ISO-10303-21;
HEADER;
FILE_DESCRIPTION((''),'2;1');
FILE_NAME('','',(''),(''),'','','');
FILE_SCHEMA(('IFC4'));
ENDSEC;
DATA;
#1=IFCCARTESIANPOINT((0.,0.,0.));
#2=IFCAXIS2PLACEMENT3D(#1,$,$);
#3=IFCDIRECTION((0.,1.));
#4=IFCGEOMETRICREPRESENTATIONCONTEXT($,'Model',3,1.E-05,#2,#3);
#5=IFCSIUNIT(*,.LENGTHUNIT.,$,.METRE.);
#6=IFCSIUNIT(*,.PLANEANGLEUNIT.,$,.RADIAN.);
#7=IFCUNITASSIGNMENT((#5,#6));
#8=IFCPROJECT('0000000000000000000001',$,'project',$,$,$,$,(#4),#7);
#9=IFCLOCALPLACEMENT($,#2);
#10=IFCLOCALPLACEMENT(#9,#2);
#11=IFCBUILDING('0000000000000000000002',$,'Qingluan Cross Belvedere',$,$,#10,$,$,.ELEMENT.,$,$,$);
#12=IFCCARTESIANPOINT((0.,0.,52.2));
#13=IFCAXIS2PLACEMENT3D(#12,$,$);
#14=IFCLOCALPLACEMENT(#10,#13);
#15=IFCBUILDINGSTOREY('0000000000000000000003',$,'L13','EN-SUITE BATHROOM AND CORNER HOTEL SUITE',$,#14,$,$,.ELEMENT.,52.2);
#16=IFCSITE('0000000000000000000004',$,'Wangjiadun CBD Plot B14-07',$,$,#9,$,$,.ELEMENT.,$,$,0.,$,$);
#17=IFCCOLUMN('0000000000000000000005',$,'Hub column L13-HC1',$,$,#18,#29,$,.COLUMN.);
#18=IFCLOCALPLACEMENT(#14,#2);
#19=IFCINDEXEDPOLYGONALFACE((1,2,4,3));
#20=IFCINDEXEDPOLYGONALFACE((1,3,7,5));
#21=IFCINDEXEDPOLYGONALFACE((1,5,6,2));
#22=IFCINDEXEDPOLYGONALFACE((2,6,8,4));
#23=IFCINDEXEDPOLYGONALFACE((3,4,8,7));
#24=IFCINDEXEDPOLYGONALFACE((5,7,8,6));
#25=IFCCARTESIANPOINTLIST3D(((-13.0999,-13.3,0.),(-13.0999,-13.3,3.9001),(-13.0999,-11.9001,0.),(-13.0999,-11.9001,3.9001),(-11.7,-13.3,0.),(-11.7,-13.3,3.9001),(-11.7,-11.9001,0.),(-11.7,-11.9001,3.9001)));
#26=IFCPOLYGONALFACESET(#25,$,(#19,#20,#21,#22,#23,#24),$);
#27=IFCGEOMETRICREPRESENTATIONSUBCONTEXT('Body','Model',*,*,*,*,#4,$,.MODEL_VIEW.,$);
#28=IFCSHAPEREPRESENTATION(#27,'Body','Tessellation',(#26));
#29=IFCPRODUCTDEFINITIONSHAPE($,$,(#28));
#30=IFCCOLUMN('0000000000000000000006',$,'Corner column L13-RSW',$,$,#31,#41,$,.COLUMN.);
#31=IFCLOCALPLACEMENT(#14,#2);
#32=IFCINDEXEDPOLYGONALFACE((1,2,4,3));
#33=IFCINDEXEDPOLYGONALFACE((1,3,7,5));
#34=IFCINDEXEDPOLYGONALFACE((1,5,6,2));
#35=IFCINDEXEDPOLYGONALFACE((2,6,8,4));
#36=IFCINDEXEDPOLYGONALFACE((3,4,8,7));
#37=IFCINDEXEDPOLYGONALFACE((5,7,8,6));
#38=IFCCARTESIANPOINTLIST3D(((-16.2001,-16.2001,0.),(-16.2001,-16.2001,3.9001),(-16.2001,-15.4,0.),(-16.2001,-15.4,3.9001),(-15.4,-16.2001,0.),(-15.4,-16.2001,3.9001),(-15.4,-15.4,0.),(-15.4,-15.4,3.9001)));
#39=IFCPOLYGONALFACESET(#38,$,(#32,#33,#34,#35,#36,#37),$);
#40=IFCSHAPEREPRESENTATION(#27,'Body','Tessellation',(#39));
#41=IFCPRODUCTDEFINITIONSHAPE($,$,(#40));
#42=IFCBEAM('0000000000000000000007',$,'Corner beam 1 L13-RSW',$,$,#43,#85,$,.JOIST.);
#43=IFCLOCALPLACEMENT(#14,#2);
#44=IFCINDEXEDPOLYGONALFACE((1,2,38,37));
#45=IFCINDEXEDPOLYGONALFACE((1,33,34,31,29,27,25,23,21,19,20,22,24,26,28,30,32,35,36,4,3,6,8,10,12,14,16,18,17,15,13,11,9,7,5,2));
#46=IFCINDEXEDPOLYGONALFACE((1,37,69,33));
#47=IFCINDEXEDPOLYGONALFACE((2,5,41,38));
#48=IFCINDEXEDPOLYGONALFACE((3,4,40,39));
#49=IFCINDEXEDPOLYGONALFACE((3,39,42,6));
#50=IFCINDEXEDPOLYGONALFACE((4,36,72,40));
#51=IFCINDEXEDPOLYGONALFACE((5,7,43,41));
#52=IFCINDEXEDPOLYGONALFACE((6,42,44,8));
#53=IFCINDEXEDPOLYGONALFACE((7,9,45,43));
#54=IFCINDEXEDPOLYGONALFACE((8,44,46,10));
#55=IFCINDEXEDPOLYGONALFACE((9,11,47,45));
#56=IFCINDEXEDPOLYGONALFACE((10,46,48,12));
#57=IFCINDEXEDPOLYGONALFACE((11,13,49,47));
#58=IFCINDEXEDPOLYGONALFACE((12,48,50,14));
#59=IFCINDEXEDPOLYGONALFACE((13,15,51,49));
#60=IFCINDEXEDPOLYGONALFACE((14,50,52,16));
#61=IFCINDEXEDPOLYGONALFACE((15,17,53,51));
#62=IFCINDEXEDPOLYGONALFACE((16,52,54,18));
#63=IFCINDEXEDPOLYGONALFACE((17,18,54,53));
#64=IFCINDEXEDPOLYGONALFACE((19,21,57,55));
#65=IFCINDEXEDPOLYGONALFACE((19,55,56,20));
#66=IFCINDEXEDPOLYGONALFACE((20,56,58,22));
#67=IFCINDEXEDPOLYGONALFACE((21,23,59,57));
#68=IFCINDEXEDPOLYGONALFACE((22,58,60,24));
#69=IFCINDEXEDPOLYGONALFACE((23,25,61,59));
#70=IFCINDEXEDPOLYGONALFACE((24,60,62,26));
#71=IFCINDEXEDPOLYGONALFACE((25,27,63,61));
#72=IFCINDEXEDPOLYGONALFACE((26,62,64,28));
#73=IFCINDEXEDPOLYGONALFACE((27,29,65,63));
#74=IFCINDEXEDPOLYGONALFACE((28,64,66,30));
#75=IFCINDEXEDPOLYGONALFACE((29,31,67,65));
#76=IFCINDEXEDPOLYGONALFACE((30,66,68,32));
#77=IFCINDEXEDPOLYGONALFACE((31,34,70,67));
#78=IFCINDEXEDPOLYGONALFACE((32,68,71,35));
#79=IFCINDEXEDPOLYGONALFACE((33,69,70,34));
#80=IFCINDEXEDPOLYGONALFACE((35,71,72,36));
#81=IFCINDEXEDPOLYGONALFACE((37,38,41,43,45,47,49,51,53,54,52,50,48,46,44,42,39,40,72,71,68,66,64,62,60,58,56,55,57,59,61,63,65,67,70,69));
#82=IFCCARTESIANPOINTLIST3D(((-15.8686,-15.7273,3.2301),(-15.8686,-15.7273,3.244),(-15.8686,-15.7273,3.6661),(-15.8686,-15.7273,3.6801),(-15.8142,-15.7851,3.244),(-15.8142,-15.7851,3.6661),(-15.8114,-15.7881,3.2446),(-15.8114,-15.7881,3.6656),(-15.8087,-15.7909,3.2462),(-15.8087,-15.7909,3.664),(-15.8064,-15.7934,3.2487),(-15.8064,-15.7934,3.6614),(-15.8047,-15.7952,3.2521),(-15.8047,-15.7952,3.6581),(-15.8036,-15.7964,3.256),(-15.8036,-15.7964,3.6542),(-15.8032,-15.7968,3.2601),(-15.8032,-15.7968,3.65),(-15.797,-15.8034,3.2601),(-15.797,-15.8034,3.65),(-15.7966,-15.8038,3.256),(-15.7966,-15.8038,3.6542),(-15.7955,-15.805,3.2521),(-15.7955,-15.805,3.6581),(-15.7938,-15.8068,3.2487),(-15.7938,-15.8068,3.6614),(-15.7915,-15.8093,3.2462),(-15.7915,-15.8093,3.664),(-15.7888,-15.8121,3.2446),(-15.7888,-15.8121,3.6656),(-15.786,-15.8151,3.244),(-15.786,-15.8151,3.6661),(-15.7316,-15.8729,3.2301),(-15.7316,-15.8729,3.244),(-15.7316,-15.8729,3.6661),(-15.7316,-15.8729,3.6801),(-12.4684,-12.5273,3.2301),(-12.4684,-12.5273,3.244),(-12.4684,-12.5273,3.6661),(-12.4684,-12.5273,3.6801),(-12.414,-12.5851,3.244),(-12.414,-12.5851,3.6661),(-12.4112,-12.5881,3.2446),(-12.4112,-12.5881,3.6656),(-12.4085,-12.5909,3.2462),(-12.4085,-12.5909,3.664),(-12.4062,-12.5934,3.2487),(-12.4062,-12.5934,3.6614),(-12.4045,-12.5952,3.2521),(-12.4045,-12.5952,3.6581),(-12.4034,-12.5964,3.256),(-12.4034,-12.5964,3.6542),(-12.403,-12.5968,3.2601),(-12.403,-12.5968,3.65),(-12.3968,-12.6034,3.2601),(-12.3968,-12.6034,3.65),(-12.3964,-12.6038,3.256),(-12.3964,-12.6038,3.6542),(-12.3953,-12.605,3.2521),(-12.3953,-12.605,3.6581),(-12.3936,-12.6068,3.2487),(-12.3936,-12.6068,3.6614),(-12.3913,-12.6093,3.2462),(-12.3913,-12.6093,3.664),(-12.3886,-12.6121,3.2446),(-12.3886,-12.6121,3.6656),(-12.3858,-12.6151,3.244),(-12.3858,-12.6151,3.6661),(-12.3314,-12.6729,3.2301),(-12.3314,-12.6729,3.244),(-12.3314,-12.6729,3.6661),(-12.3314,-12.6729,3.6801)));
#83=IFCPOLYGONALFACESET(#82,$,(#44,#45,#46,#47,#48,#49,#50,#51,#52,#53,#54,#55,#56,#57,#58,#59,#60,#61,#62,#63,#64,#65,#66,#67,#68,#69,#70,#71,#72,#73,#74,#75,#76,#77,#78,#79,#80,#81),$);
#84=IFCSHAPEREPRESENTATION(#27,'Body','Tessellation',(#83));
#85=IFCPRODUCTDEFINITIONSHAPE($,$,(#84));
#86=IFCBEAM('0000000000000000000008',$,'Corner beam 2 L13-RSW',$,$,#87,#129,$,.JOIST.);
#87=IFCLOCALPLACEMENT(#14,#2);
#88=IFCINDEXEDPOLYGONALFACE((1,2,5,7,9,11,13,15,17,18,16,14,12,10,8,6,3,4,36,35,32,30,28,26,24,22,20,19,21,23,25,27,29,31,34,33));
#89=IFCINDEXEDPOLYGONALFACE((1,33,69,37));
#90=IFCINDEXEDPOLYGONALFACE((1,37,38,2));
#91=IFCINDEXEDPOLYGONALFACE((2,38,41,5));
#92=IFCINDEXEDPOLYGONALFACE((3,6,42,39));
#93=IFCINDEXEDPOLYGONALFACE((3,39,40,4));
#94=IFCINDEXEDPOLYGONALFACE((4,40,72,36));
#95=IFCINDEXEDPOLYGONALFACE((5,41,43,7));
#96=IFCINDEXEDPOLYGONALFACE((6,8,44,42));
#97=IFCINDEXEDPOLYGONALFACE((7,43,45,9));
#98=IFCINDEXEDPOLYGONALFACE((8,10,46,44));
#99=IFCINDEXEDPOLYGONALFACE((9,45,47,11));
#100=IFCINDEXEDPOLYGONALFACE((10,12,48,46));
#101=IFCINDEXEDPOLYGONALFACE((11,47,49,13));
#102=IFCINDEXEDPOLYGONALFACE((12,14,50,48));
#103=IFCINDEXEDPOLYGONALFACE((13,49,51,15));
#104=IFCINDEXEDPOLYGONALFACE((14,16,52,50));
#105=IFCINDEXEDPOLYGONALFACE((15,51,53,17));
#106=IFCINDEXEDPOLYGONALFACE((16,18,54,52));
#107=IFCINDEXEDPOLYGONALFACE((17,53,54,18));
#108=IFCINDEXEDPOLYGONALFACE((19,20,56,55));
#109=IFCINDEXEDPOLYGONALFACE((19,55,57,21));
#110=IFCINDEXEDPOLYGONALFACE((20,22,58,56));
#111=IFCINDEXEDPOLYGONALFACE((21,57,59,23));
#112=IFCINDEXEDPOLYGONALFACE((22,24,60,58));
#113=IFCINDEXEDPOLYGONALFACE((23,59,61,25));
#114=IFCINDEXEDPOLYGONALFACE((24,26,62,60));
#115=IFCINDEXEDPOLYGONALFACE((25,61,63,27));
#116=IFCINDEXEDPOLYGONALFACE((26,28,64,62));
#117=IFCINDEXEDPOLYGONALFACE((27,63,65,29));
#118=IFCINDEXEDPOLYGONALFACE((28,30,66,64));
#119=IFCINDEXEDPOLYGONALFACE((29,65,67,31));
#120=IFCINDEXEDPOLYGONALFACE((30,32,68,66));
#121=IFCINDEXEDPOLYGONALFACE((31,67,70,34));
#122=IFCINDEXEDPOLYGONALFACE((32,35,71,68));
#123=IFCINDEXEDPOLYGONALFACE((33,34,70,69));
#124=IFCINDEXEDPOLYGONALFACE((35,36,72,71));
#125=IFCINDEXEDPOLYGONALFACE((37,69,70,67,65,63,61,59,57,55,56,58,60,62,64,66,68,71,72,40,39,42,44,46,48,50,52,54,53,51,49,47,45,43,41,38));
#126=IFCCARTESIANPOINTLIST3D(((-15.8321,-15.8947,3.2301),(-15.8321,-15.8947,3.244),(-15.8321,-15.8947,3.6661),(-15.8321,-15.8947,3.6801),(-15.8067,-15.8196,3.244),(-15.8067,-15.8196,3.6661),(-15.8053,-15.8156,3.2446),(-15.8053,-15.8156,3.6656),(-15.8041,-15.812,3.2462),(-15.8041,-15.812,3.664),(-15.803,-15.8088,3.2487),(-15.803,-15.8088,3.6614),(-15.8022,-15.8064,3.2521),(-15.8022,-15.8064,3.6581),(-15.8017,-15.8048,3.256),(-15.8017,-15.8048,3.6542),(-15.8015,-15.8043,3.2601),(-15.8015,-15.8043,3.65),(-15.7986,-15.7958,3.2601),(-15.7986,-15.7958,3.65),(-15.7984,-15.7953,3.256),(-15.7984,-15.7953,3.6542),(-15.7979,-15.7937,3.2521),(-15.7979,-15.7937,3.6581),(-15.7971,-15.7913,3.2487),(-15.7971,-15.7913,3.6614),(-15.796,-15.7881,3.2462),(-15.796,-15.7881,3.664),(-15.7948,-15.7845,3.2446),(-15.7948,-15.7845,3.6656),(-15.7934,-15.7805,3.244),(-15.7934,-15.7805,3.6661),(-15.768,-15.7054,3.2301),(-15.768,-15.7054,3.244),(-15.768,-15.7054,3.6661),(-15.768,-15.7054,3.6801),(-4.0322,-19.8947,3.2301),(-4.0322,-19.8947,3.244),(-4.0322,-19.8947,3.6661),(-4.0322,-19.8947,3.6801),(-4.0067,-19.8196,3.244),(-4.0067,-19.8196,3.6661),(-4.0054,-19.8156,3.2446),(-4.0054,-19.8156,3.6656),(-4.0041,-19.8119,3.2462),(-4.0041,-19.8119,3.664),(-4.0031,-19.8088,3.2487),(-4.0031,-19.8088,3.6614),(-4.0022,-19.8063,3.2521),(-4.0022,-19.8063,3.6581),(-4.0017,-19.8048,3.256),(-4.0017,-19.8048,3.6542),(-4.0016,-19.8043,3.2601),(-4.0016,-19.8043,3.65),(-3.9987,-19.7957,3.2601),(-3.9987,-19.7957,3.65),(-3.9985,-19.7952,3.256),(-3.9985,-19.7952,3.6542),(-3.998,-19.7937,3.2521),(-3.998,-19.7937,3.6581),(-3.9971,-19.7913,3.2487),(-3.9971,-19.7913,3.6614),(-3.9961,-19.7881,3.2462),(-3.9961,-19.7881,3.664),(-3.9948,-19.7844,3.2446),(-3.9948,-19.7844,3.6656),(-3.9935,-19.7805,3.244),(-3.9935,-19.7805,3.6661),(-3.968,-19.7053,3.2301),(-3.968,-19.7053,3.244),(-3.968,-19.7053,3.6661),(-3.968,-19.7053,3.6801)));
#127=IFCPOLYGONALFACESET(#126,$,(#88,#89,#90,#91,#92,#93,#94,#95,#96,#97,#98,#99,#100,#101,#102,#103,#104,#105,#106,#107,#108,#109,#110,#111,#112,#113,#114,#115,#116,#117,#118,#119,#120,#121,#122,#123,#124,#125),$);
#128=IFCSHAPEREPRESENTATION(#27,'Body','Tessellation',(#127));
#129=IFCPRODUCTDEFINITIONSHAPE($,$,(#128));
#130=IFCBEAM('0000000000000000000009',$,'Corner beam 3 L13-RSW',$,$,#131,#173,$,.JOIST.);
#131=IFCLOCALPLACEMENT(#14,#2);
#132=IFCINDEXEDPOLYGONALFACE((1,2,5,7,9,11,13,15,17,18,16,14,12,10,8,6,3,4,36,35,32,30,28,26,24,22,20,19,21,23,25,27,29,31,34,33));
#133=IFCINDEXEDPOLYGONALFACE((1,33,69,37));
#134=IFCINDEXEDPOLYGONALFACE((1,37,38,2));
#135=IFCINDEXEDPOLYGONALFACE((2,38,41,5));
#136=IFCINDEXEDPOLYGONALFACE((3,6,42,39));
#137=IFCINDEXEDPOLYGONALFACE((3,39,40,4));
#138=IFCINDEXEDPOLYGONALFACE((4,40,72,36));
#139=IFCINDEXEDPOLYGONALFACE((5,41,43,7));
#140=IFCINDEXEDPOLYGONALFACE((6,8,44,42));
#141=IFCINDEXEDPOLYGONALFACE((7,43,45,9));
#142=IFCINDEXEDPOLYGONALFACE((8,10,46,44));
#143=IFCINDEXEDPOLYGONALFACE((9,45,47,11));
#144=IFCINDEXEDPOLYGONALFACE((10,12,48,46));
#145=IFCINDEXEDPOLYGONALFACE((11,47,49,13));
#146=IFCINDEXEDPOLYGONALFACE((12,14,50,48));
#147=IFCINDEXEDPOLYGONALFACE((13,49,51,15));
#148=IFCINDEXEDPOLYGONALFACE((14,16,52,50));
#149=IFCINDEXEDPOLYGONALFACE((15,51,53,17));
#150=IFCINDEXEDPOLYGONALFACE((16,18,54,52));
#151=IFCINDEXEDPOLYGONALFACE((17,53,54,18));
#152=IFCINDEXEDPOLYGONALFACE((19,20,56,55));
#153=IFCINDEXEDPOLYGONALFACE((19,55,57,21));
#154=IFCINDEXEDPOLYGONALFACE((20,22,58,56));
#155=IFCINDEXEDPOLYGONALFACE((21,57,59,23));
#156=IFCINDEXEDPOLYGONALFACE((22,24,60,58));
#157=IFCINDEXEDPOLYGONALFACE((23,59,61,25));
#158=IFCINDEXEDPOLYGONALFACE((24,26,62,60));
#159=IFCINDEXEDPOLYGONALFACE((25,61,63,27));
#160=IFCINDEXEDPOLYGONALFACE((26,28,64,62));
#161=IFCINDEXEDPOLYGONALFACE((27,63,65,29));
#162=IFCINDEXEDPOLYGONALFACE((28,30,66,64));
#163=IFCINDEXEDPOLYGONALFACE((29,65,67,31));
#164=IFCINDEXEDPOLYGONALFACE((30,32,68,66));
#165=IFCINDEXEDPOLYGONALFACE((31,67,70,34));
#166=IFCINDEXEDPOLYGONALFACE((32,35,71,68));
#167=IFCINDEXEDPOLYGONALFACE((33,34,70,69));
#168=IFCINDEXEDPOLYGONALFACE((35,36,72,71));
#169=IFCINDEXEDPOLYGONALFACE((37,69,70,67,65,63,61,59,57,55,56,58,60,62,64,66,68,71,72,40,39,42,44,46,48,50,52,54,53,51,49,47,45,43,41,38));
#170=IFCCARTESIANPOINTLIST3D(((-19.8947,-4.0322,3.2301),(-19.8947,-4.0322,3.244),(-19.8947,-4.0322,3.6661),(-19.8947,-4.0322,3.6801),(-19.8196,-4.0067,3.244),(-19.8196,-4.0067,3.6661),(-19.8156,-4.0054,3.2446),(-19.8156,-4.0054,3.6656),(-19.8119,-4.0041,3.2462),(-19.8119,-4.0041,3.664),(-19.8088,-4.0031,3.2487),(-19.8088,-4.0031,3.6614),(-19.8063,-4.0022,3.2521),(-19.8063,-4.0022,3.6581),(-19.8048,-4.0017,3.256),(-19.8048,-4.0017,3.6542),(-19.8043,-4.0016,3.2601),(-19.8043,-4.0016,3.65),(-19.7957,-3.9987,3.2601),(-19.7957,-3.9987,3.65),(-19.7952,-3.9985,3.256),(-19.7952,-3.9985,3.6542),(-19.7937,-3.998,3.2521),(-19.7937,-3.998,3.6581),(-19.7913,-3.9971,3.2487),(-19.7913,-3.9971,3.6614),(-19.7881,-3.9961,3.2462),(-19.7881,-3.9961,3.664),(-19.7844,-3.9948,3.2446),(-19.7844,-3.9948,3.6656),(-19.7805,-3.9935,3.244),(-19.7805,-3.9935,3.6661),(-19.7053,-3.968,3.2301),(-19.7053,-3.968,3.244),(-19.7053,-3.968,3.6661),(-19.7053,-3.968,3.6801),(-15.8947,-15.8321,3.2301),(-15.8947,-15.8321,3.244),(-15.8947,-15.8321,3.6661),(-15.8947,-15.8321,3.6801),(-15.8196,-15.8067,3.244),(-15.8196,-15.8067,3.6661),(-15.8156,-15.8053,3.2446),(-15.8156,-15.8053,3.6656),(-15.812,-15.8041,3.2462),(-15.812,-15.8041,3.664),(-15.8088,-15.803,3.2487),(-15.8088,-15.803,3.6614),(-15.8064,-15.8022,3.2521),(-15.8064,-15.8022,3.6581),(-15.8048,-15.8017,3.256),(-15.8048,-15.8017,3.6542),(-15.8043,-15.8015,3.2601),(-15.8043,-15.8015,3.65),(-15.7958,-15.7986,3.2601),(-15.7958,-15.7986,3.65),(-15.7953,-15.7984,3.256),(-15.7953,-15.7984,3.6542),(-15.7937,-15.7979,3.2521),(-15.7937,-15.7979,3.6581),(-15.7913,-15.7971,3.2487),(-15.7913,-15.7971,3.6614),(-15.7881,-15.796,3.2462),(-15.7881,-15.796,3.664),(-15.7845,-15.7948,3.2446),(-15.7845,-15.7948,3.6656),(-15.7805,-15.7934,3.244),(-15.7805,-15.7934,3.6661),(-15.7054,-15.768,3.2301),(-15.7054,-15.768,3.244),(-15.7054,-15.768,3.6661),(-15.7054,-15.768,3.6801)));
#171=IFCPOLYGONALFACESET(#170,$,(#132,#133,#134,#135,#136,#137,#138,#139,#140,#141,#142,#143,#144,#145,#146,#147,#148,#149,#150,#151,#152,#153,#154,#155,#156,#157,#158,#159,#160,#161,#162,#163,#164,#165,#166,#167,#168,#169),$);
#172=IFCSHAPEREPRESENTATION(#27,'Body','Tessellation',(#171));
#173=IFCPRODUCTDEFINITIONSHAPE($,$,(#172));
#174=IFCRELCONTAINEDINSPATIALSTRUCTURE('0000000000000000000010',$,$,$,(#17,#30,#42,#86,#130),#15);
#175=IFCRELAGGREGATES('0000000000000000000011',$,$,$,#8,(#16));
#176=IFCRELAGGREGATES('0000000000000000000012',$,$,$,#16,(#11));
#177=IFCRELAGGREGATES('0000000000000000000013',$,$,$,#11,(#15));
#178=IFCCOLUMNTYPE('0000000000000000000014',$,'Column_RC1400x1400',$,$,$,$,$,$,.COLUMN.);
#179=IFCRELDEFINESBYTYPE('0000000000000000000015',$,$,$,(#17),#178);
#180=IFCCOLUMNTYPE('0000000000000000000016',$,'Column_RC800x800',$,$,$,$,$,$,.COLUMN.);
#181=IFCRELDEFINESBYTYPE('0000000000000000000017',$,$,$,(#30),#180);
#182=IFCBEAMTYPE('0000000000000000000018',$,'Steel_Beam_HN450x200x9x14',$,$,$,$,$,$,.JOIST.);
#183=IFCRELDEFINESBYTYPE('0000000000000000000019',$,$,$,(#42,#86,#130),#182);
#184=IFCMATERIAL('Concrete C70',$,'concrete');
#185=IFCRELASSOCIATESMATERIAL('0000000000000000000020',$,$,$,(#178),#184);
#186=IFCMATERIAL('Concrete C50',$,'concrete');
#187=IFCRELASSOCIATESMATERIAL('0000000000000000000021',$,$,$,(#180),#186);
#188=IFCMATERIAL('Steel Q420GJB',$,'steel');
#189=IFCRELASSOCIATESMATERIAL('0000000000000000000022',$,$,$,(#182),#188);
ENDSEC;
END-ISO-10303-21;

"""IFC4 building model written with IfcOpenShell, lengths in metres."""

from ifc_helpers import new_model, si_unit, direction, frame, origin, origin_2d, place, context, subcontext, project, spatial, rectangle, i_section, extrude, material, material_profile, profile_set, type_object, element, save


model = new_model("IFC4")

# Units and contexts
model_context = context("Model", 3, precision=1e-05, world=origin(), true_north=direction((0.0, 1.0)))
body_context = subcontext(model_context, "Body", "Model", "MODEL_VIEW")
ifc_project = project(units=[si_unit("LENGTHUNIT", "METRE"), si_unit("PLANEANGLEUNIT", "RADIAN")], contexts=[model_context])

# Site, building, storey
site_placement = place(None, origin())
site = spatial("IfcSite", under=ifc_project, at=site_placement, Name="Wangjiadun CBD Plot B14-07", CompositionType="ELEMENT", RefElevation=0.0)
building_placement = place(site_placement, origin())
building = spatial("IfcBuilding", under=site, at=building_placement, Name="Qingluan Cross Belvedere", CompositionType="ELEMENT")
storey_placement = place(building_placement, frame((0.0, 0.0, 52.2)))
storey = spatial("IfcBuildingStorey", under=building, at=storey_placement, Name="L13", Description="EN-SUITE BATHROOM AND CORNER HOTEL SUITE", CompositionType="ELEMENT", Elevation=52.2)

# Columns
ifc_material_1 = material(Name="Concrete C70", Category="concrete")
ifc_material_profile_1 = material_profile(ifc_material_1, rectangle(XDim=1.3999, YDim=1.3999, at=origin_2d()), Name="RC1400x1400")
ifc_profile_set_1 = profile_set([ifc_material_profile_1], Name="Concrete C70")
column_type_1 = type_object("IfcColumnType", Name="Column_RC1400x1400", PredefinedType="COLUMN", material=ifc_profile_set_1)
column_1_placement = place(storey_placement, frame((-12.3999, -12.6001, 0.0), z_axis=(0.0, 0.0, 1.0), x_axis=(1.0, 0.0, 0.0)))
element("IfcColumn", 1, at=column_1_placement, inside=storey, type_object=column_type_1, Name="Hub column L13-HC1", PredefinedType="COLUMN", context=body_context, shape_type="SweptSolid", body=[
    extrude(rectangle(XDim=1.3999, YDim=1.3999, at=origin_2d()), origin(), (0.0, 0.0, 1.0), 3.9001),
])
ifc_material_2 = material(Name="Concrete C50", Category="concrete")
ifc_material_profile_2 = material_profile(ifc_material_2, rectangle(XDim=0.8, YDim=0.8, at=origin_2d()), Name="RC800x800")
ifc_profile_set_2 = profile_set([ifc_material_profile_2], Name="Concrete C50")
column_type_2 = type_object("IfcColumnType", Name="Column_RC800x800", PredefinedType="COLUMN", material=ifc_profile_set_2)
column_2_placement = place(storey_placement, frame((-15.8, -15.8, 0.0), z_axis=(0.0, 0.0, 1.0), x_axis=(1.0, 0.0, 0.0)))
element("IfcColumn", 2, at=column_2_placement, inside=storey, type_object=column_type_2, Name="Corner column L13-RSW", PredefinedType="COLUMN", context=body_context, shape_type="SweptSolid", body=[
    extrude(rectangle(XDim=0.8, YDim=0.8, at=origin_2d()), origin(), (0.0, 0.0, 1.0), 3.9001),
])

# Beams
ifc_material_3 = material(Name="Steel Q420GJB", Category="steel")
ifc_material_profile_3 = material_profile(ifc_material_3, i_section(OverallWidth=0.2, OverallDepth=0.45, WebThickness=0.009, FlangeThickness=0.0139, FilletRadius=0.0161, at=origin_2d()), Name="HN450x200x9x14")
ifc_profile_set_3 = profile_set([ifc_material_profile_3], Name="Steel Q420GJB")
beam_type_1 = type_object("IfcBeamType", Name="Steel_Beam_HN450x200x9x14", PredefinedType="JOIST", material=ifc_profile_set_3)
beam_1_placement = place(storey_placement, frame((-12.3999, -12.6001, 3.4551), z_axis=(-0.72822, -0.685343, 0.0), x_axis=(0.685343, -0.72822, 0.0)))
element("IfcBeam", 3, at=beam_1_placement, inside=storey, type_object=beam_type_1, Name="Corner beam 1 L13-RSW", PredefinedType="JOIST", context=body_context, shape_type="SweptSolid", body=[
    extrude(i_section(OverallWidth=0.2, OverallDepth=0.45, WebThickness=0.009, FlangeThickness=0.0139, FilletRadius=0.0161, at=origin_2d()), origin(), (0.0, 0.0, 1.0), 4.6692),
])
for number, where, z_axis, x_axis, name in (
    (4, (-15.8, -15.8, 3.4551), (0.947066, -0.321038, 0.0), (0.321038, 0.947066, 0.0), "Corner beam 2 L13-RSW"),
    (5, (-15.8, -15.8, 3.4551), (-0.321038, 0.947066, 0.0), (-0.947066, -0.321038, 0.0), "Corner beam 3 L13-RSW"),
):
    element("IfcBeam", number, at=place(storey_placement, frame(where, z_axis=z_axis, x_axis=x_axis)), inside=storey, type_object=beam_type_1, Name=name, PredefinedType="JOIST", context=body_context, shape_type="SweptSolid", body=[
        extrude(i_section(OverallWidth=0.2, OverallDepth=0.45, WebThickness=0.009, FlangeThickness=0.0139, FilletRadius=0.0161, at=origin_2d()), origin(), (0.0, 0.0, 1.0), 12.4595),
    ])

save(model, "model.ifc")
